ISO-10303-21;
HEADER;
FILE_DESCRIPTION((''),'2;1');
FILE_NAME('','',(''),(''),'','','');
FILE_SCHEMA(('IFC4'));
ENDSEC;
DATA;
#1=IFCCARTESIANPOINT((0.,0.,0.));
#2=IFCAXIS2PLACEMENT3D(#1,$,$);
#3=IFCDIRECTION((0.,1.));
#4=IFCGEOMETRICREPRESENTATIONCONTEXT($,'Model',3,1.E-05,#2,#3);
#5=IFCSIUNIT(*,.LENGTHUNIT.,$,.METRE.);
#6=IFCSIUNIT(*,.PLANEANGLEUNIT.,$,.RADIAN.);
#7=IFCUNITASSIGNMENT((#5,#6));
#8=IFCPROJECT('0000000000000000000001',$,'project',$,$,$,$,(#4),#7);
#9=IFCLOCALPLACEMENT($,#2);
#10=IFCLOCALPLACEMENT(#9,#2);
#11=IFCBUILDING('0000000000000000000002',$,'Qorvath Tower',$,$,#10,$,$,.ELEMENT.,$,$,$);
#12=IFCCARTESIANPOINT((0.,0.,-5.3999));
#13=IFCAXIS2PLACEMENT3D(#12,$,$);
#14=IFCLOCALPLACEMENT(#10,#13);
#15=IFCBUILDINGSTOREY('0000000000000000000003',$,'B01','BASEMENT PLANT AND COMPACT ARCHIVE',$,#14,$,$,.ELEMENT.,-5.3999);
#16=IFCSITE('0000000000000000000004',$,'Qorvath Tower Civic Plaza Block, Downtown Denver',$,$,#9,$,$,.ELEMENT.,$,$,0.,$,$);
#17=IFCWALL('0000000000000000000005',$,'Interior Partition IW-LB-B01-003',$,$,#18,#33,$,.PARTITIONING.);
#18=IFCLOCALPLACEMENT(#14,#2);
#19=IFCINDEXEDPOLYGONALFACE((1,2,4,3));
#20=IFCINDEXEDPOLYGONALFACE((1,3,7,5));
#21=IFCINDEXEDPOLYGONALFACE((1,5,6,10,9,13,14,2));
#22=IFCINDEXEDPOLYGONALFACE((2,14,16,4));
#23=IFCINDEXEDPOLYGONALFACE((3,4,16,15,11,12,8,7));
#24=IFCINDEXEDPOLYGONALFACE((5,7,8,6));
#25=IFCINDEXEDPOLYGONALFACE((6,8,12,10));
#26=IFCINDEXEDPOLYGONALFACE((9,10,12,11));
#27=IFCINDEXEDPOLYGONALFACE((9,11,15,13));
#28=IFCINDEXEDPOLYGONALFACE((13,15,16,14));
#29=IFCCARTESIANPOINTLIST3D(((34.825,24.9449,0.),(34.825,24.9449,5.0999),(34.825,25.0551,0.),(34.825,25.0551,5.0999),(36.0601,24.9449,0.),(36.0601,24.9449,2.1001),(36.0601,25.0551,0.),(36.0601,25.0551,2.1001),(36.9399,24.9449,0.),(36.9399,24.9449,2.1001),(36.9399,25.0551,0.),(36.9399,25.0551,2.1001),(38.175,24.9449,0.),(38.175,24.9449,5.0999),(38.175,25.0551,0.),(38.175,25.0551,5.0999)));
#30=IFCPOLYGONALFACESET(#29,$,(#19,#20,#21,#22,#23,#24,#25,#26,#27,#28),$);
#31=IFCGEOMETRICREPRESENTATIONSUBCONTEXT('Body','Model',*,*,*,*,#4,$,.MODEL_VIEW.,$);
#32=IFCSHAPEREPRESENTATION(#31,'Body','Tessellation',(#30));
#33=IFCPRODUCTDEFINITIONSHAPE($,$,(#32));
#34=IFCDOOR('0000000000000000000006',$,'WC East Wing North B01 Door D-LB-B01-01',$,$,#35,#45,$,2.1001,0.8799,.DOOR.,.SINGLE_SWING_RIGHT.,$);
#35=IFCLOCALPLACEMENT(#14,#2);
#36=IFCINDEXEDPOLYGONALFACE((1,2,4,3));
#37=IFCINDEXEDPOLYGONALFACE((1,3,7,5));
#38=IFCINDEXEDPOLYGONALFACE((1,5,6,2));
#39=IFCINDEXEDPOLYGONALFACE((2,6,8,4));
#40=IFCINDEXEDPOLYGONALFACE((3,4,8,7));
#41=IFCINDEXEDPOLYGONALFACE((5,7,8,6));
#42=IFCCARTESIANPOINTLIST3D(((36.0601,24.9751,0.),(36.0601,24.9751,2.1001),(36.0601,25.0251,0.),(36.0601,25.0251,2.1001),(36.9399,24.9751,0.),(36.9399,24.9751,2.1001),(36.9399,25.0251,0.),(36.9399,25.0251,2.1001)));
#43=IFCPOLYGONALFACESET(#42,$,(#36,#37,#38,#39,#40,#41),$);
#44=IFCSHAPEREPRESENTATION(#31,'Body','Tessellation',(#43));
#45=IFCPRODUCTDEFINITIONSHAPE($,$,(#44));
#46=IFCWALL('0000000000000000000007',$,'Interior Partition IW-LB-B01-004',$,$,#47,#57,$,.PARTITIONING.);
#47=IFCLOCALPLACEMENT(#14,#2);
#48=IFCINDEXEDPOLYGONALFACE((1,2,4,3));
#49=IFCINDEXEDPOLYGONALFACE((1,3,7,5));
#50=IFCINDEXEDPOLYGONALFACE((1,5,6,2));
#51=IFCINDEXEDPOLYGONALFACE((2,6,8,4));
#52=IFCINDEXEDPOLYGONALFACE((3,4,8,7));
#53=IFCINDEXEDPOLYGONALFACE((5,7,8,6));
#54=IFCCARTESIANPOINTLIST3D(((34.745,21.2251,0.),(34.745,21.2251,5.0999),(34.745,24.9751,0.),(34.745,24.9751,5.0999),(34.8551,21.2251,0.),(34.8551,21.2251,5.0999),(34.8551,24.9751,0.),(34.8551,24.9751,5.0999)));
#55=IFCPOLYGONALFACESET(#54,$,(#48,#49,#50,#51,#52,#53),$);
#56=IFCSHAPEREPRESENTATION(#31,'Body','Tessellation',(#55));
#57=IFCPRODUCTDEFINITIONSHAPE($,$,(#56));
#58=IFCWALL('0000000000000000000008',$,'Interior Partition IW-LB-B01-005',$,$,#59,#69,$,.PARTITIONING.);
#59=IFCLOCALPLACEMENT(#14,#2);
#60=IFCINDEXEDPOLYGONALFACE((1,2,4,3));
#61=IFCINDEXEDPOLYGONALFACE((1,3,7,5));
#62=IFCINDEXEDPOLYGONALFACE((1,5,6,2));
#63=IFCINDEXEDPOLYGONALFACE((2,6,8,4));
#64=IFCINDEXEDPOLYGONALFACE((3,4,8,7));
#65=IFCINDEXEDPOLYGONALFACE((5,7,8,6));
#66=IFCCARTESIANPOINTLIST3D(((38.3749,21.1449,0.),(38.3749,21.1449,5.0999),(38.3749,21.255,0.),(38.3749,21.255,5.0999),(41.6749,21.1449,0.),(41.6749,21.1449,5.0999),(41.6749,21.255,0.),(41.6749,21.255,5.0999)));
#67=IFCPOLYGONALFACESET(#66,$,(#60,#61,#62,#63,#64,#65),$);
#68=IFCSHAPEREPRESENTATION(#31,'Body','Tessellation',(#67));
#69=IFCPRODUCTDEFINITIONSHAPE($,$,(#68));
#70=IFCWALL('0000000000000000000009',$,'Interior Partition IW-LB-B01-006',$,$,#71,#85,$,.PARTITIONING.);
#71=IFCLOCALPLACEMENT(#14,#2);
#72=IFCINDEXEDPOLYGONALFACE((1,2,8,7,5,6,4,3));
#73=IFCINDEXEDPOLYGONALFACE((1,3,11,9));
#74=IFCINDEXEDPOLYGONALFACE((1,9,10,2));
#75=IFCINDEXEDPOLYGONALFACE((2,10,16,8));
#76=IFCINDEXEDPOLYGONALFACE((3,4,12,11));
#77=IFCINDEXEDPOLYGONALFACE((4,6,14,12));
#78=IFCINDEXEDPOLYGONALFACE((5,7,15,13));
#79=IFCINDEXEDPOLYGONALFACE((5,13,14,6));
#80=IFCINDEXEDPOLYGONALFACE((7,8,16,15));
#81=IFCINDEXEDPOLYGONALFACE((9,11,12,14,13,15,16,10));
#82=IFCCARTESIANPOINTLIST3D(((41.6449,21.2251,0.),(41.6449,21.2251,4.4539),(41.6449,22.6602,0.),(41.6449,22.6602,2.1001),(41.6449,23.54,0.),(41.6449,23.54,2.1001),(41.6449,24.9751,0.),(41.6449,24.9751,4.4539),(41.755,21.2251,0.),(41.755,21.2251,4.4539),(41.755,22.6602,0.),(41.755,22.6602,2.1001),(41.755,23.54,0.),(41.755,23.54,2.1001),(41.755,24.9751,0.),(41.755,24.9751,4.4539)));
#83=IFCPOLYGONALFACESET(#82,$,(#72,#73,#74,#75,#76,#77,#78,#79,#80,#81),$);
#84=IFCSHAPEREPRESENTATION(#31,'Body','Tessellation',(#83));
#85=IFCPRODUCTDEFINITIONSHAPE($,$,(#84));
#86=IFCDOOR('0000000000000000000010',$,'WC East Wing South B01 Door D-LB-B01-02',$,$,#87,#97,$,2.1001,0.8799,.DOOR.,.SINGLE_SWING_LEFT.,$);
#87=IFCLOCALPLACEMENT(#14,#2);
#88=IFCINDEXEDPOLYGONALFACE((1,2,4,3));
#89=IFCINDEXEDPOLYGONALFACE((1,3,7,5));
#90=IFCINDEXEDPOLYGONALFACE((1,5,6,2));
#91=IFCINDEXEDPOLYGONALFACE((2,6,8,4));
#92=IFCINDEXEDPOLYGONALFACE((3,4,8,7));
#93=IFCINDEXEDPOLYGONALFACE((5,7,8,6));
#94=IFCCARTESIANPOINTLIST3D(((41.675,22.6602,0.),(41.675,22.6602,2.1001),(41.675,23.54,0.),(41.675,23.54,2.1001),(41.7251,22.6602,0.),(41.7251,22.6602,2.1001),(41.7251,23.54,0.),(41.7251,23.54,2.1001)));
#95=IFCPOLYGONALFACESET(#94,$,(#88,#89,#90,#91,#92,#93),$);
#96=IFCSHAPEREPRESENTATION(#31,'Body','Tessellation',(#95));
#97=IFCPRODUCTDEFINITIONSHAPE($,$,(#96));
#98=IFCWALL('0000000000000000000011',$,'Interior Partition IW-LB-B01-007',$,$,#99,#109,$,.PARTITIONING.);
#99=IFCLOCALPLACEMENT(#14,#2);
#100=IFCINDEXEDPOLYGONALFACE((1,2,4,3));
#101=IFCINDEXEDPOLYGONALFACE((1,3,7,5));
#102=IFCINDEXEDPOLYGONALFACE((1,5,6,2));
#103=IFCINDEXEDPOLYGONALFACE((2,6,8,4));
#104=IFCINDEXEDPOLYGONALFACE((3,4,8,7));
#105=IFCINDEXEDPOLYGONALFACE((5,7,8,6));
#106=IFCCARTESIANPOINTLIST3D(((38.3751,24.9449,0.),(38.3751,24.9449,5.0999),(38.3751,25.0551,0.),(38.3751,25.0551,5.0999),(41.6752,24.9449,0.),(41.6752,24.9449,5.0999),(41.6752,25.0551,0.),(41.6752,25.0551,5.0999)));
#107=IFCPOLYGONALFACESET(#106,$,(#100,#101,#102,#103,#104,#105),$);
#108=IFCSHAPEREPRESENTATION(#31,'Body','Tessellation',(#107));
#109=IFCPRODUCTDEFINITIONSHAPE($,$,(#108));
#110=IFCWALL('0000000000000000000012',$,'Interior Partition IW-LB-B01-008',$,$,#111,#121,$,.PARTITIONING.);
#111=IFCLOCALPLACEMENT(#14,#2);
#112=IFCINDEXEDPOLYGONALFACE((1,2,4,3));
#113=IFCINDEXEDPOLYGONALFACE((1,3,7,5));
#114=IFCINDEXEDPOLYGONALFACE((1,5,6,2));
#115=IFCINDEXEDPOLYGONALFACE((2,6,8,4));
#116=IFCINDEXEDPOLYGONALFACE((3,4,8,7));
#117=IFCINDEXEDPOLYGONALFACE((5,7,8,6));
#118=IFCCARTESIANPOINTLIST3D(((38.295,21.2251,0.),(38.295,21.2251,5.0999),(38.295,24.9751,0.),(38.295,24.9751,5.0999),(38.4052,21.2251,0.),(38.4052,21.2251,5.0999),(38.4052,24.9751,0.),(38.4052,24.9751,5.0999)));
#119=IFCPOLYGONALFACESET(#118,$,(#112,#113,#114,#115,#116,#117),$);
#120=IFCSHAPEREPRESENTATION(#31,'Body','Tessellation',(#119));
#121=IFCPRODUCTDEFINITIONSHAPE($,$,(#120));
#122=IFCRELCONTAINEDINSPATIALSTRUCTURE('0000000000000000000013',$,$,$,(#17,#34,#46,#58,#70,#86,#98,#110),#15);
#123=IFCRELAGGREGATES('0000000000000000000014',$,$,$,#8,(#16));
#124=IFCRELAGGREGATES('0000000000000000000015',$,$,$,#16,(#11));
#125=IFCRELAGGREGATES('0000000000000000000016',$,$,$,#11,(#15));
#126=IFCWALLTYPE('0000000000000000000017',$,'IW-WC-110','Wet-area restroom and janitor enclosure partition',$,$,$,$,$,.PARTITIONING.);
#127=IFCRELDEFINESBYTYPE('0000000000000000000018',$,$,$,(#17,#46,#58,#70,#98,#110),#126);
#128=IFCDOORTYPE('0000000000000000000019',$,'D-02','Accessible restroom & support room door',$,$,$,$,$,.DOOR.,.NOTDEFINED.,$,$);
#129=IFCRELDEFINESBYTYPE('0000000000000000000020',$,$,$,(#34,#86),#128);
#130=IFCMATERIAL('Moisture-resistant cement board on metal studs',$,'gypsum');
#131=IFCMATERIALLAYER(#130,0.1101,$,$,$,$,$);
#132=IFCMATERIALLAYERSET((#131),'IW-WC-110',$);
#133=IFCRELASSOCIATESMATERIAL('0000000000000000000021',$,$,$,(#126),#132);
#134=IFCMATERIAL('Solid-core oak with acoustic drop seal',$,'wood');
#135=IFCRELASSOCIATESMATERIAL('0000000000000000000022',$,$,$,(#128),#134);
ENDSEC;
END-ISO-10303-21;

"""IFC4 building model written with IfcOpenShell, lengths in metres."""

from ifc_helpers import new_model, si_unit, direction, frame, frame_2d, origin, place, context, subcontext, project, spatial, rectangle, extrude, material, layer, layer_set, type_object, element, fill, save


model = new_model("IFC4")

# Units and contexts
model_context = context("Model", 3, precision=1e-05, world=origin(), true_north=direction((0.0, 1.0)))
body_context = subcontext(model_context, "Body", "Model", "MODEL_VIEW")
ifc_project = project(units=[si_unit("LENGTHUNIT", "METRE"), si_unit("PLANEANGLEUNIT", "RADIAN")], contexts=[model_context])

# Site, building, storey
site_placement = place(None, origin())
site = spatial("IfcSite", under=ifc_project, at=site_placement, Name="Qorvath Tower Civic Plaza Block, Downtown Denver", CompositionType="ELEMENT", RefElevation=0.0)
building_placement = place(site_placement, origin())
building = spatial("IfcBuilding", under=site, at=building_placement, Name="Qorvath Tower", CompositionType="ELEMENT")
storey_placement = place(building_placement, frame((0.0, 0.0, -5.3999)))
storey = spatial("IfcBuildingStorey", under=building, at=storey_placement, Name="B01", Description="BASEMENT PLANT AND COMPACT ARCHIVE", CompositionType="ELEMENT", Elevation=-5.3999)

# Shared definitions
ifc_material_1 = material(Name="Moisture-resistant cement board on metal studs", Category="gypsum")
ifc_layer_1 = layer(ifc_material_1, 0.1101)
ifc_layer_set_1 = layer_set([ifc_layer_1], Name="IW-WC-110")
wall_type_1 = type_object("IfcWallType", Name="IW-WC-110", Description="Wet-area restroom and janitor enclosure partition", PredefinedType="PARTITIONING", material=ifc_layer_set_1)

# Wall, opening, door
wall_1_placement = place(storey_placement, frame((38.175, 25.0, 0.0), z_axis=(0.0, 0.0, 1.0), x_axis=(-1.0, 0.0, 0.0)))
wall_1 = element("IfcWall", 1, at=wall_1_placement, inside=storey, type_object=wall_type_1, Name="Interior Partition IW-LB-B01-003", PredefinedType="PARTITIONING", context=body_context, shape_type="SweptSolid", body=[
    extrude(rectangle(XDim=3.3501, YDim=0.1101, at=frame_2d((1.675, 0.0))), origin(), (0.0, 0.0, 1.0), 5.0999),
])
opening_1_placement = place(wall_1_placement, frame((1.2351, 0.0, 0.0)))
opening_1 = element("IfcOpeningElement", 2, at=opening_1_placement, cuts=wall_1, PredefinedType="OPENING", context=body_context, shape_type="SweptSolid", body=[
    extrude(rectangle(XDim=0.8799, YDim=2.1001, at=frame_2d((0.4399, 1.05))), frame((0.0, 0.0649, 0.0), z_axis=(0.0, -1.0, 0.0), x_axis=(1.0, 0.0, 0.0)), (0.0, 0.0, 1.0), 0.1301),
])
ifc_material_2 = material(Name="Solid-core oak with acoustic drop seal", Category="wood")
door_type = type_object("IfcDoorType", Name="D-02", Description="Accessible restroom & support room door", OperationType="NOTDEFINED", PredefinedType="DOOR", material=ifc_material_2)
door_1_placement = place(opening_1_placement, origin())
door_1 = element("IfcDoor", 3, at=door_1_placement, inside=storey, type_object=door_type, Name="WC East Wing North B01 Door D-LB-B01-01", OperationType="SINGLE_SWING_RIGHT", OverallHeight=2.1001, OverallWidth=0.8799, PredefinedType="DOOR", context=body_context, shape_type="SweptSolid", body=[
    extrude(rectangle(XDim=0.8799, YDim=2.1001, at=frame_2d((0.4399, 1.05))), frame((0.0, 0.0249, 0.0), z_axis=(0.0, -1.0, 0.0), x_axis=(1.0, 0.0, 0.0)), (0.0, 0.0, 1.0), 0.05),
])
fill(opening_1, door_1)

# Walls
wall_2_placement = place(storey_placement, frame((34.8, 24.9751, 0.0), z_axis=(0.0, 0.0, 1.0), x_axis=(0.0, -1.0, 0.0)))
element("IfcWall", 4, at=wall_2_placement, inside=storey, type_object=wall_type_1, Name="Interior Partition IW-LB-B01-004", PredefinedType="PARTITIONING", context=body_context, shape_type="SweptSolid", body=[
    extrude(rectangle(XDim=3.75, YDim=0.1101, at=frame_2d((1.875, 0.0))), origin(), (0.0, 0.0, 1.0), 5.0999),
])
wall_3_placement = place(storey_placement, frame((38.375, 21.2, 0.0), z_axis=(0.0, 0.0, 1.0), x_axis=(1.0, 0.0, 0.0)))
element("IfcWall", 5, at=wall_3_placement, inside=storey, type_object=wall_type_1, Name="Interior Partition IW-LB-B01-005", PredefinedType="PARTITIONING", context=body_context, shape_type="SweptSolid", body=[
    extrude(rectangle(XDim=3.3, YDim=0.1101, at=frame_2d((1.6499, 0.0))), origin(), (0.0, 0.0, 1.0), 5.0999),
])

# Wall, opening, door
wall_4_placement = place(storey_placement, frame((41.7, 21.2251, 0.0), z_axis=(0.0, 0.0, 1.0), x_axis=(0.0, 1.0, 0.0)))
wall_4 = element("IfcWall", 6, at=wall_4_placement, inside=storey, type_object=wall_type_1, Name="Interior Partition IW-LB-B01-006", PredefinedType="PARTITIONING", context=body_context, shape_type="SweptSolid", body=[
    extrude(rectangle(XDim=3.75, YDim=0.1101, at=frame_2d((1.875, 0.0))), origin(), (0.0, 0.0, 1.0), 4.4539),
])
opening_2_placement = place(wall_4_placement, frame((1.4351, 0.0, 0.0)))
opening_2 = element("IfcOpeningElement", 7, at=opening_2_placement, cuts=wall_4, PredefinedType="OPENING", context=body_context, shape_type="SweptSolid", body=[
    extrude(rectangle(XDim=0.8799, YDim=2.1001, at=frame_2d((0.4399, 1.05))), frame((0.0, 0.0649, 0.0), z_axis=(0.0, -1.0, 0.0), x_axis=(1.0, 0.0, 0.0)), (0.0, 0.0, 1.0), 0.1301),
])
door_2_placement = place(opening_2_placement, origin())
door_2 = element("IfcDoor", 8, at=door_2_placement, inside=storey, type_object=door_type, Name="WC East Wing South B01 Door D-LB-B01-02", OperationType="SINGLE_SWING_LEFT", OverallHeight=2.1001, OverallWidth=0.8799, PredefinedType="DOOR", context=body_context, shape_type="SweptSolid", body=[
    extrude(rectangle(XDim=0.8799, YDim=2.1001, at=frame_2d((0.4399, 1.05))), frame((0.0, 0.0249, 0.0), z_axis=(0.0, -1.0, 0.0), x_axis=(1.0, 0.0, 0.0)), (0.0, 0.0, 1.0), 0.05),
])
fill(opening_2, door_2)

# Walls
wall_5_placement = place(storey_placement, frame((41.675, 25.0, 0.0), z_axis=(0.0, 0.0, 1.0), x_axis=(-1.0, 0.0, 0.0)))
element("IfcWall", 9, at=wall_5_placement, inside=storey, type_object=wall_type_1, Name="Interior Partition IW-LB-B01-007", PredefinedType="PARTITIONING", context=body_context, shape_type="SweptSolid", body=[
    extrude(rectangle(XDim=3.3, YDim=0.1101, at=frame_2d((1.6499, 0.0))), origin(), (0.0, 0.0, 1.0), 5.0999),
])
wall_6_placement = place(storey_placement, frame((38.3501, 24.9751, 0.0), z_axis=(0.0, 0.0, 1.0), x_axis=(0.0, -1.0, 0.0)))
element("IfcWall", 10, at=wall_6_placement, inside=storey, type_object=wall_type_1, Name="Interior Partition IW-LB-B01-008", PredefinedType="PARTITIONING", context=body_context, shape_type="SweptSolid", body=[
    extrude(rectangle(XDim=3.75, YDim=0.1101, at=frame_2d((1.875, 0.0))), origin(), (0.0, 0.0, 1.0), 5.0999),
])

save(model, "model.ifc")
